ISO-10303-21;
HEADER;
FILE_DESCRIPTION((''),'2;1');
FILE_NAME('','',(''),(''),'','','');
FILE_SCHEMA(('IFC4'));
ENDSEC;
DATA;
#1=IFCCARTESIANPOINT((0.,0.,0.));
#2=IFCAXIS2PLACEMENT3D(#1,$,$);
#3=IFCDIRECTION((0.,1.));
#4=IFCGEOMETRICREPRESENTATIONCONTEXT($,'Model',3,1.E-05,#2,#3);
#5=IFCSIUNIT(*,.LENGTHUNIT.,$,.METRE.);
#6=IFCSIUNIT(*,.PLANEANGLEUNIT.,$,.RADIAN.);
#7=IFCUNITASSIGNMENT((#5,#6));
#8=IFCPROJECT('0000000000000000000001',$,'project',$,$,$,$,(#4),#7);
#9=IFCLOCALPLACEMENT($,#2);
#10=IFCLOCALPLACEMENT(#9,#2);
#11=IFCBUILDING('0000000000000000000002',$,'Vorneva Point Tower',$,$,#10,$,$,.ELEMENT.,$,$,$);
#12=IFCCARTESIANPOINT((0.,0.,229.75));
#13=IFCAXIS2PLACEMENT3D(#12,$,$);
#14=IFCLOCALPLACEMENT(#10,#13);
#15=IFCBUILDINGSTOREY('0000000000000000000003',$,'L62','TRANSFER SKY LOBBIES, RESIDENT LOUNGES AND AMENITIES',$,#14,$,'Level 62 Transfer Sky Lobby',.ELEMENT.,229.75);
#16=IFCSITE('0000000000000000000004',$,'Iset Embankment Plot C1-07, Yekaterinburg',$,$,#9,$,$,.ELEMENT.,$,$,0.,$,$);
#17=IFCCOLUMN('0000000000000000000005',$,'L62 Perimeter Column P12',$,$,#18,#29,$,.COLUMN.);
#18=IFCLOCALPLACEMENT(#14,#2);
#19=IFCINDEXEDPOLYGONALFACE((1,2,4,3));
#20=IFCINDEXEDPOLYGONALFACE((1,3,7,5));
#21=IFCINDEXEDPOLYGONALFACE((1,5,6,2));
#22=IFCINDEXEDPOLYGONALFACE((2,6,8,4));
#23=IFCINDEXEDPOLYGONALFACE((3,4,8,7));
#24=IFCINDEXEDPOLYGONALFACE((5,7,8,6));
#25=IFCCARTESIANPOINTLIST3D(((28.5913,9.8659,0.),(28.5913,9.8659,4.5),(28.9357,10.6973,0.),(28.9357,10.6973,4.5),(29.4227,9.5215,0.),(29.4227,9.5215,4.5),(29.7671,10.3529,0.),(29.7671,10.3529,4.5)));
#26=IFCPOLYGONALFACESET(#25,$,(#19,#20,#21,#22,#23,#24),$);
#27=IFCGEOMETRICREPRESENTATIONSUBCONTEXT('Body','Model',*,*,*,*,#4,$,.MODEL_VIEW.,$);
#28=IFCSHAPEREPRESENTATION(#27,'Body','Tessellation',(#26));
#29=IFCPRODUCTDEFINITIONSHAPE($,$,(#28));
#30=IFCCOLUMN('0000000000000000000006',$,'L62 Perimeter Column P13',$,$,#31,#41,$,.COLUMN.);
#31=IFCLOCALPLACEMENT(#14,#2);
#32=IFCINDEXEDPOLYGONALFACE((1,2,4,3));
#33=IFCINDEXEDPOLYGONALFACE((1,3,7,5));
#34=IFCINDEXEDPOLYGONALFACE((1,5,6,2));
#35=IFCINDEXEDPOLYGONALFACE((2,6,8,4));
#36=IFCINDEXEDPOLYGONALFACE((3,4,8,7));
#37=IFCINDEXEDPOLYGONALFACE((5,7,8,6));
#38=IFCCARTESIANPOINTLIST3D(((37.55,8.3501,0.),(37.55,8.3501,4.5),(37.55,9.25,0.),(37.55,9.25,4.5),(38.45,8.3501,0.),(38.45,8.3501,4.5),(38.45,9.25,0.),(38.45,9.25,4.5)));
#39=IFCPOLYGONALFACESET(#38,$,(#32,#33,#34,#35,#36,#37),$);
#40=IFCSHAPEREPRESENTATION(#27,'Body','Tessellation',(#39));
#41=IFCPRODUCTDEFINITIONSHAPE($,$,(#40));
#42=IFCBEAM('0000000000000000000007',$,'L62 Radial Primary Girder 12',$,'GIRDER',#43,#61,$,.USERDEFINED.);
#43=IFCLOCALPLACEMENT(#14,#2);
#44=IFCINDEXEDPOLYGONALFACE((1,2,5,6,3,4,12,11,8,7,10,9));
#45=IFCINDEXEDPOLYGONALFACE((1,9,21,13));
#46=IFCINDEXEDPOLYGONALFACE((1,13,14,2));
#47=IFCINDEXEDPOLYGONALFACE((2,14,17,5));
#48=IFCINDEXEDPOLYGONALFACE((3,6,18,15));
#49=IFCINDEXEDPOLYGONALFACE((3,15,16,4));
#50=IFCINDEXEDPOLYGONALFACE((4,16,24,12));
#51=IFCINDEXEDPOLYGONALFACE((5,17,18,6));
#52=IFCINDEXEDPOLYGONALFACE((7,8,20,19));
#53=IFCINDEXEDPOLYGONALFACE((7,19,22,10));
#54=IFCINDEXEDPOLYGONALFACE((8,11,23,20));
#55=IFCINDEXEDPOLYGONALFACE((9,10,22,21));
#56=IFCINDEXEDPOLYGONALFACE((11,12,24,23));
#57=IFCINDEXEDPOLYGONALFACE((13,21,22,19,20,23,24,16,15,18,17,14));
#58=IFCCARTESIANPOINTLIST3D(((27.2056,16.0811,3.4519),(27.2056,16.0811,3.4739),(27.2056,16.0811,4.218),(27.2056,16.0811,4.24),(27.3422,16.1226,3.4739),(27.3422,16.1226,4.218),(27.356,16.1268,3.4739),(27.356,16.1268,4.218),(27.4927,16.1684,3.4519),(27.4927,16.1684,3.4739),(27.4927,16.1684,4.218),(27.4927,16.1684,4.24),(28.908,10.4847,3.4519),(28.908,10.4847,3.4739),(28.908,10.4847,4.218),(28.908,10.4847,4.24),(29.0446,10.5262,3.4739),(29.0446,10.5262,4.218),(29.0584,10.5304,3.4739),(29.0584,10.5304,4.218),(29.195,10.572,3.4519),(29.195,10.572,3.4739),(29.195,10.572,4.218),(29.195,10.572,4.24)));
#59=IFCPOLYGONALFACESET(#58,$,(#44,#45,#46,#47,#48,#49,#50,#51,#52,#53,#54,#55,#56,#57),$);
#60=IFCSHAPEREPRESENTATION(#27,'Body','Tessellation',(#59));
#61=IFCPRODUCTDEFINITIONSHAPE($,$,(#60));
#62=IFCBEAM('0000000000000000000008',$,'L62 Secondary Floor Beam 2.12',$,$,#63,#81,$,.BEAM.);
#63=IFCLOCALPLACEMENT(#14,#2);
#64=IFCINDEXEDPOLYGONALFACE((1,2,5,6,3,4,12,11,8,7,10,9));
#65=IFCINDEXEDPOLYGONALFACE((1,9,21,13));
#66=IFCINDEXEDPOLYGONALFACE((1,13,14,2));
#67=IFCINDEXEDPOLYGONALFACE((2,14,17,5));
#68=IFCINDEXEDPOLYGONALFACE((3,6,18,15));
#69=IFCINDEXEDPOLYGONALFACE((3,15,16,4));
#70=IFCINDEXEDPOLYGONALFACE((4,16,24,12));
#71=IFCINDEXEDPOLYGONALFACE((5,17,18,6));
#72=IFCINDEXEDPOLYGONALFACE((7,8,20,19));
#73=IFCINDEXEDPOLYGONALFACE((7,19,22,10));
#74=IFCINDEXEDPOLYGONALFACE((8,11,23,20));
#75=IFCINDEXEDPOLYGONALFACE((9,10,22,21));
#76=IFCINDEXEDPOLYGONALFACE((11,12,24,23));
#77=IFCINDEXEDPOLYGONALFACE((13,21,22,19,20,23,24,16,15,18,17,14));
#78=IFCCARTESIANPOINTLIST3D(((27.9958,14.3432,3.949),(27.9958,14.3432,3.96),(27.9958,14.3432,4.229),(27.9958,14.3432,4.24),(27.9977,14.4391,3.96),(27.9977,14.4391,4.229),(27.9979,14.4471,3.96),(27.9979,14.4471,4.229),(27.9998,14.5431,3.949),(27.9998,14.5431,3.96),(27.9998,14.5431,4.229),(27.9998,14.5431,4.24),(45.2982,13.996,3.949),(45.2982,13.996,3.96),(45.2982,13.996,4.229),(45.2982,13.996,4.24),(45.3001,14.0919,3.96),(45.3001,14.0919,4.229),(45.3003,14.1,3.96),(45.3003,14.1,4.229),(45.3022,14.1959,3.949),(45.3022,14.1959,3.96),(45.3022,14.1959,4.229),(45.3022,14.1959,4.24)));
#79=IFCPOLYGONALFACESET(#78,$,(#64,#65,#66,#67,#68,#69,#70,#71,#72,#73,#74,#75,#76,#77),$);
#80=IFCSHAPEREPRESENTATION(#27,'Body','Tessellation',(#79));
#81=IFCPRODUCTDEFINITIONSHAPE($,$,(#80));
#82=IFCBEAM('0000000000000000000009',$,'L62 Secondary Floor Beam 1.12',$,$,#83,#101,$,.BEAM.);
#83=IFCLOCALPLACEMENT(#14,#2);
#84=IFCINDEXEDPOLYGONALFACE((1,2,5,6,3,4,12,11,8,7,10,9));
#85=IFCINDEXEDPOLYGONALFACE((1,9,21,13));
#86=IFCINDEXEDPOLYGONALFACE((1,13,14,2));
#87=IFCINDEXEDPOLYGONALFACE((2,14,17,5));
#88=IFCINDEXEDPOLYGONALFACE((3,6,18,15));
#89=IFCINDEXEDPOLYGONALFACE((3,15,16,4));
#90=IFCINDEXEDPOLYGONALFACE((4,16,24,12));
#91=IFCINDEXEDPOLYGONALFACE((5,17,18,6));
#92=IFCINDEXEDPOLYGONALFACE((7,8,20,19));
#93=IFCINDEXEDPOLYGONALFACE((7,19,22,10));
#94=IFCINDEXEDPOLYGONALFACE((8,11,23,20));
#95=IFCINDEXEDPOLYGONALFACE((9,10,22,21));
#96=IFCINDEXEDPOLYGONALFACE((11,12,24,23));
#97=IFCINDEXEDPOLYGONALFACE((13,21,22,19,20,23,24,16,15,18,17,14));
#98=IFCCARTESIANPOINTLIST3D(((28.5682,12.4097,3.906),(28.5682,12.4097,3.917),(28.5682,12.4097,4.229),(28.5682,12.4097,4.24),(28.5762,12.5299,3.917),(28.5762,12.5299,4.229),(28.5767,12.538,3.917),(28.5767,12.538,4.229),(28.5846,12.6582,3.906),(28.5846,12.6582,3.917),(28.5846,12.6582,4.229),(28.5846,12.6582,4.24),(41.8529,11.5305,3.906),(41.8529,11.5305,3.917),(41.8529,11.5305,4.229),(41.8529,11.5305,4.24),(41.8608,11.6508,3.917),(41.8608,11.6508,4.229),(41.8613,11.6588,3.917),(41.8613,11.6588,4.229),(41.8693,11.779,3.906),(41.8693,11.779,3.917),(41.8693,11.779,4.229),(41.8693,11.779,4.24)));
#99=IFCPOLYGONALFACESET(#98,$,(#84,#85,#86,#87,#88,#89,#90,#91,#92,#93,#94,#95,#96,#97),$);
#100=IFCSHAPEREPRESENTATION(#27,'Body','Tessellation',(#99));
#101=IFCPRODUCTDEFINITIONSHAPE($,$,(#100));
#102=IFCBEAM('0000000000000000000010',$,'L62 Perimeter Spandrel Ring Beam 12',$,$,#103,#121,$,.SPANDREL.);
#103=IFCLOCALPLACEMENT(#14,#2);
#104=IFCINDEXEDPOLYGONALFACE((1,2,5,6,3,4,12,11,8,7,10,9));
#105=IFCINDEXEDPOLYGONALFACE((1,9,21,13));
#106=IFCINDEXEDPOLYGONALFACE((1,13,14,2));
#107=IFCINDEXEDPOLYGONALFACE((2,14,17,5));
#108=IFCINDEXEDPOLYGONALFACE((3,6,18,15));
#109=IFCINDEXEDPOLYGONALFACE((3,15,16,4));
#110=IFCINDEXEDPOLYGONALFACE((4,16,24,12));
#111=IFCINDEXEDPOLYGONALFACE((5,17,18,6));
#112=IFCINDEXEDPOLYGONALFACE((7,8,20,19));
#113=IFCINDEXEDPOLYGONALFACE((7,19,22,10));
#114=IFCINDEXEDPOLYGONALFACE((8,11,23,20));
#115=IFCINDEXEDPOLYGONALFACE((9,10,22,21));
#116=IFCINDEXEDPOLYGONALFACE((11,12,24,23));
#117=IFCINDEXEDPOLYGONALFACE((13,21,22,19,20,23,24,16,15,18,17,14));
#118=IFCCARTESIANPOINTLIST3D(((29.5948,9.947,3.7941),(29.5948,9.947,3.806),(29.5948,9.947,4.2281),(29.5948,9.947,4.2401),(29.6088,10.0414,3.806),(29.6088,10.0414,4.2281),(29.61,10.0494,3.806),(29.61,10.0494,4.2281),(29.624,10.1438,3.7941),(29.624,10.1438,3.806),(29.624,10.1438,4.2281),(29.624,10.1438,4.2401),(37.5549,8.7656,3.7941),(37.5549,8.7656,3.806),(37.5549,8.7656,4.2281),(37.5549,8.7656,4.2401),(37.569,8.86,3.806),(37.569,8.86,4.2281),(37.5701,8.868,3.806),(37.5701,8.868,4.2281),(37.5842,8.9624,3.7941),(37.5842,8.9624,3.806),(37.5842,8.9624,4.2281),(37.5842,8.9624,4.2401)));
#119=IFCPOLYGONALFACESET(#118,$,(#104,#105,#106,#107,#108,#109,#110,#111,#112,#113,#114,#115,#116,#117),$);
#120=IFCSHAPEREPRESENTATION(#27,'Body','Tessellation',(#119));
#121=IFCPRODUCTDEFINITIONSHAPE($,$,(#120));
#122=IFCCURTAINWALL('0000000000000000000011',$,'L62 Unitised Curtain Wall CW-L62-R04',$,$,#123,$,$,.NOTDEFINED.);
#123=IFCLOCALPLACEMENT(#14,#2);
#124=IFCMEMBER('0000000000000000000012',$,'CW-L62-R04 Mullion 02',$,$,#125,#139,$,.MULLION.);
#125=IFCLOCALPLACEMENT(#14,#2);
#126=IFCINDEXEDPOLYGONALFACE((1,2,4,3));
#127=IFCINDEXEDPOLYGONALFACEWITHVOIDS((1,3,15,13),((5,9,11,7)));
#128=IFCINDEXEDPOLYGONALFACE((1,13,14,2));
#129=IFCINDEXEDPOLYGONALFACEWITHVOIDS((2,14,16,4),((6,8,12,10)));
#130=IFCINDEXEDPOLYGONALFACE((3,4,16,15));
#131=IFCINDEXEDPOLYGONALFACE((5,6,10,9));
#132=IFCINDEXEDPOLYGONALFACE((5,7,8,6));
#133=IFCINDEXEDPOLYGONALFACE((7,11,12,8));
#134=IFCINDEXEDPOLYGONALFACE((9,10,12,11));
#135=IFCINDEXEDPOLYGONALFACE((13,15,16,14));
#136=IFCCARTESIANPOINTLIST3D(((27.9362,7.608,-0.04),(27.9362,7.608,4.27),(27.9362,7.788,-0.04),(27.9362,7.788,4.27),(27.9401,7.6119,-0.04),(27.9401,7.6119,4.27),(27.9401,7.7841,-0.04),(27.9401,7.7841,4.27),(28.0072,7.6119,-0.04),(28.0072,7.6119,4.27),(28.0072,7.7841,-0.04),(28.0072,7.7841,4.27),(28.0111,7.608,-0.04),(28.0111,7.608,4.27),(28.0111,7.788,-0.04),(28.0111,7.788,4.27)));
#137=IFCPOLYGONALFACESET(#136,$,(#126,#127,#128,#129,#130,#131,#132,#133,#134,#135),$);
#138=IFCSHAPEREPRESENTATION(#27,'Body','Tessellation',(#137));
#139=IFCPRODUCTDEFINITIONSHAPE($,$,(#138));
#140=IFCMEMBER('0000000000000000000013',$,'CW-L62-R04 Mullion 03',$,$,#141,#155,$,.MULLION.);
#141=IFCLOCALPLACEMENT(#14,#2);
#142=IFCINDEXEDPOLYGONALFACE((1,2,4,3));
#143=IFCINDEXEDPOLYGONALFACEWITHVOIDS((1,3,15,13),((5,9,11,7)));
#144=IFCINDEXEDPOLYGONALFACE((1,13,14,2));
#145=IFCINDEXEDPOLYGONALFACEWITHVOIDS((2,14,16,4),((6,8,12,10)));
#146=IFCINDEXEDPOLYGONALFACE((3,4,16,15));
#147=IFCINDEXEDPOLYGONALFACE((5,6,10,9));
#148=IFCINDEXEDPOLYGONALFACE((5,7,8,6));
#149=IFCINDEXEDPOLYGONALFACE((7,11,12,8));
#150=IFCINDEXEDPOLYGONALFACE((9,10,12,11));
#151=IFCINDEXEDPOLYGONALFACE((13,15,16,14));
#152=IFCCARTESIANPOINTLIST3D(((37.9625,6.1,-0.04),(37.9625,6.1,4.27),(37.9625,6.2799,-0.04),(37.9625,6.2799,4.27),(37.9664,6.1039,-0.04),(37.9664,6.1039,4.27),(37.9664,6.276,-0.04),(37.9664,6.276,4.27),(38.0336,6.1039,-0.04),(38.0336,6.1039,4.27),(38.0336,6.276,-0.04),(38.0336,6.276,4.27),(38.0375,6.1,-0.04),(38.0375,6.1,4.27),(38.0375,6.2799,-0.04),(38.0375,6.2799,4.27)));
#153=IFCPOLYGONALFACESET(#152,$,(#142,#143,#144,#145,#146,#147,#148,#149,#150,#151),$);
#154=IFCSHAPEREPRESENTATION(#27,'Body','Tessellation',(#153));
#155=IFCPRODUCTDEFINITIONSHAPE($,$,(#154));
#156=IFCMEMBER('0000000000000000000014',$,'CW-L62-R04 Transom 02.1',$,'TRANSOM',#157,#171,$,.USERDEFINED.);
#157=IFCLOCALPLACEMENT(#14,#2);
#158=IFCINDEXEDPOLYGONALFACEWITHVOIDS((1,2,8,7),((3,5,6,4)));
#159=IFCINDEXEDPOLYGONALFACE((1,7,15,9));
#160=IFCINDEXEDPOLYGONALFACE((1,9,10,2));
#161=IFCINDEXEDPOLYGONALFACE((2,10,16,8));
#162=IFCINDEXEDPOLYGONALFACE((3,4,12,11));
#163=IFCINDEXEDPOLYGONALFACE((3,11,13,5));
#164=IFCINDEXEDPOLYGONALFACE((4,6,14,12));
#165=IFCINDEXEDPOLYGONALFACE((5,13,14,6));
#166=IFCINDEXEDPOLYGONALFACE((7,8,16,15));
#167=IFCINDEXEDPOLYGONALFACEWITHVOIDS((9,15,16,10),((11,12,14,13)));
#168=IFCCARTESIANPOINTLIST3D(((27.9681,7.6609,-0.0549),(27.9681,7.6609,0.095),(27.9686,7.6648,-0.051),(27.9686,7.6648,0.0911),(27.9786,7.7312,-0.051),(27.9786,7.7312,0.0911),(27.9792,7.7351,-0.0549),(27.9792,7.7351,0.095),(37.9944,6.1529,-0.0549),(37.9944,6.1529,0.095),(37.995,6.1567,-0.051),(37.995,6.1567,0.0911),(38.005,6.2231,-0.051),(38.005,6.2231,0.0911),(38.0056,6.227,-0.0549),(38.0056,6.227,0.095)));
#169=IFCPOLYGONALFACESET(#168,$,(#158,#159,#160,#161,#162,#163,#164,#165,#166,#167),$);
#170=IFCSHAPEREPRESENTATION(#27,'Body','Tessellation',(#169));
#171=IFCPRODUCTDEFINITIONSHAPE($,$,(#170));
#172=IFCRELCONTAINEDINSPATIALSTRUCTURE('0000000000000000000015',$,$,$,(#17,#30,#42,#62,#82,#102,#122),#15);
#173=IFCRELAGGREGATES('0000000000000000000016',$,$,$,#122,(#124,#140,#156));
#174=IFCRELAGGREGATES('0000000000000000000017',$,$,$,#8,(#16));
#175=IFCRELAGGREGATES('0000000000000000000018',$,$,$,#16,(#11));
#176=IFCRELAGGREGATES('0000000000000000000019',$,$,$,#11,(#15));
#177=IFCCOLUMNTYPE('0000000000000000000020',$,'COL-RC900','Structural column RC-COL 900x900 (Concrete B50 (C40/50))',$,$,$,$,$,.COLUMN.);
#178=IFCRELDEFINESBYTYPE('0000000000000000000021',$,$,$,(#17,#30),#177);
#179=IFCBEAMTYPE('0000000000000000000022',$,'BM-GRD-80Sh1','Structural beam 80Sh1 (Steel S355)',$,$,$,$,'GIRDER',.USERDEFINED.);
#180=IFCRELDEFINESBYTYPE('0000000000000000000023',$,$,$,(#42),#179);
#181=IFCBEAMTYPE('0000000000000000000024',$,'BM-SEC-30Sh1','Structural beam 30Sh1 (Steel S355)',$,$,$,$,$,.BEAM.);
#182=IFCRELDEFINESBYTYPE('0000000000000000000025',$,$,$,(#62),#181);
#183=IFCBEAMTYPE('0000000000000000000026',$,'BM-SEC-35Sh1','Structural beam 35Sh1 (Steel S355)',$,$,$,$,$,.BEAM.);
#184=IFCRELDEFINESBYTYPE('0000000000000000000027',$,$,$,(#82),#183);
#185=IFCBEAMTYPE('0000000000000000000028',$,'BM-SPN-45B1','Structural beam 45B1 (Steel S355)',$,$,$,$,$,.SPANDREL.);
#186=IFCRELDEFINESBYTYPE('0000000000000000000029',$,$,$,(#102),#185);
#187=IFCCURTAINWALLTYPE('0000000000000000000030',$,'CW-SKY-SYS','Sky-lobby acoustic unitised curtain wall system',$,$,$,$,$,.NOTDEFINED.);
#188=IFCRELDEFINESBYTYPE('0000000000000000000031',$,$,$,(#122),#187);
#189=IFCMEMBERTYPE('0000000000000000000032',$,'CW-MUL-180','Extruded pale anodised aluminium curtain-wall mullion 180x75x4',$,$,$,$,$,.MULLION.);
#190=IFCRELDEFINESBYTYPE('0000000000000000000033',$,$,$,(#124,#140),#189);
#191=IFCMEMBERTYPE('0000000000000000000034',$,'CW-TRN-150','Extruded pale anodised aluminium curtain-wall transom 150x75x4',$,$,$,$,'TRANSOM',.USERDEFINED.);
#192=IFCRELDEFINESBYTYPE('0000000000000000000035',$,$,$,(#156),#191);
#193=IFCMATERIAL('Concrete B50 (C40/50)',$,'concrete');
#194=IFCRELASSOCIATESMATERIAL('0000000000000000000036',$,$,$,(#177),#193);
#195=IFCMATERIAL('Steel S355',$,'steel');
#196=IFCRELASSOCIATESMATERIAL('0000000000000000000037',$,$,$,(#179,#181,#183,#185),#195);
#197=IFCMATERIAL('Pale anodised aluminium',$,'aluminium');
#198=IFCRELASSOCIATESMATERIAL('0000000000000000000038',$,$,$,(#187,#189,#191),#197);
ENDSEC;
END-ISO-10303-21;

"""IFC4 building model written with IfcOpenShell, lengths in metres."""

from ifc_helpers import new_model, si_unit, direction, frame, origin, origin_2d, place, context, subcontext, project, spatial, rectangle, hollow_rectangle, i_section, extrude, material, material_profile, profile_set, type_object, element, aggregate, save


model = new_model("IFC4")

# Units and contexts
model_context = context("Model", 3, precision=1e-05, world=origin(), true_north=direction((0.0, 1.0)))
body_context = subcontext(model_context, "Body", "Model", "MODEL_VIEW")
ifc_project = project(units=[si_unit("LENGTHUNIT", "METRE"), si_unit("PLANEANGLEUNIT", "RADIAN")], contexts=[model_context])

# Site, building, storey
site_placement = place(None, origin())
site = spatial("IfcSite", under=ifc_project, at=site_placement, Name="Iset Embankment Plot C1-07, Yekaterinburg", CompositionType="ELEMENT", RefElevation=0.0)
building_placement = place(site_placement, origin())
building = spatial("IfcBuilding", under=site, at=building_placement, Name="Vorneva Point Tower", CompositionType="ELEMENT")
storey_placement = place(building_placement, frame((0.0, 0.0, 229.75)))
storey = spatial("IfcBuildingStorey", under=building, at=storey_placement, Name="L62", Description="TRANSFER SKY LOBBIES, RESIDENT LOUNGES AND AMENITIES", LongName="Level 62 Transfer Sky Lobby", CompositionType="ELEMENT", Elevation=229.75)

# Columns
ifc_material_1 = material(Name="Concrete B50 (C40/50)", Category="concrete")
ifc_material_profile_1 = material_profile(ifc_material_1, rectangle(XDim=0.8999, YDim=0.8999, at=origin_2d()), Name="RC-COL 900x900")
ifc_profile_set_1 = profile_set([ifc_material_profile_1], Name="Concrete B50 (C40/50)")
column_type = type_object("IfcColumnType", Name="COL-RC900", Description="Structural column RC-COL 900x900 (Concrete B50 (C40/50))", PredefinedType="COLUMN", material=ifc_profile_set_1)
for number, where, z_axis, x_axis, name in (
    (1, (29.1792, 10.1094, 0.0), (0.0, 0.0, 1.0), (-0.382683, -0.92388, 0.0), "L62 Perimeter Column P12"),
    (2, (38.0, 8.8, 0.0), (0.0, 0.0, 1.0), (0.0, -1.0, 0.0), "L62 Perimeter Column P13"),
):
    element("IfcColumn", number, at=place(storey_placement, frame(where, z_axis=z_axis, x_axis=x_axis)), inside=storey, type_object=column_type, Name=name, PredefinedType="COLUMN", context=body_context, shape_type="SweptSolid", body=[
        extrude(rectangle(XDim=0.8999, YDim=0.8999, at=origin_2d()), origin(), (0.0, 0.0, 1.0), 4.5),
    ])

# Beams
ifc_material_2 = material(Name="Steel S355", Category="steel")
ifc_material_profile_2 = material_profile(ifc_material_2, i_section(OverallWidth=0.3, OverallDepth=0.7881, WebThickness=0.0144, FlangeThickness=0.022, at=origin_2d()), Name="80Sh1")
ifc_profile_set_2 = profile_set([ifc_material_profile_2], Name="Steel S355")
beam_type_1 = type_object("IfcBeamType", Name="BM-GRD-80Sh1", Description="Structural beam 80Sh1 (Steel S355)", ElementType="GIRDER", PredefinedType="USERDEFINED", material=ifc_profile_set_2)
beam_1_placement = place(storey_placement, frame((29.0515, 10.5283, 3.8459), z_axis=(-0.291025, 0.956715, 0.0), x_axis=(-0.956715, -0.291025, 0.0)))
element("IfcBeam", 3, at=beam_1_placement, inside=storey, type_object=beam_type_1, Name="L62 Radial Primary Girder 12", ObjectType="GIRDER", PredefinedType="USERDEFINED", context=body_context, shape_type="SweptSolid", body=[
    extrude(i_section(OverallWidth=0.3, OverallDepth=0.7881, WebThickness=0.0144, FlangeThickness=0.022, at=origin_2d()), origin(), (0.0, 0.0, 1.0), 5.8496),
])
ifc_material_profile_3 = material_profile(ifc_material_2, i_section(OverallWidth=0.2, OverallDepth=0.291, WebThickness=0.0081, FlangeThickness=0.011, at=origin_2d()), Name="30Sh1")
ifc_profile_set_3 = profile_set([ifc_material_profile_3], Name="Steel S355")
beam_type_2 = type_object("IfcBeamType", Name="BM-SEC-30Sh1", Description="Structural beam 30Sh1 (Steel S355)", PredefinedType="BEAM", material=ifc_profile_set_3)
beam_2_placement = place(storey_placement, frame((27.9978, 14.4431, 4.0945), z_axis=(0.999799, -0.020061, 0.0), x_axis=(0.020061, 0.999799, 0.0)))
element("IfcBeam", 4, at=beam_2_placement, inside=storey, type_object=beam_type_2, Name="L62 Secondary Floor Beam 2.12", PredefinedType="BEAM", context=body_context, shape_type="SweptSolid", body=[
    extrude(i_section(OverallWidth=0.2, OverallDepth=0.291, WebThickness=0.0081, FlangeThickness=0.011, at=origin_2d()), origin(), (0.0, 0.0, 1.0), 17.3059),
])
ifc_material_profile_4 = material_profile(ifc_material_2, i_section(OverallWidth=0.249, OverallDepth=0.334, WebThickness=0.0081, FlangeThickness=0.011, at=origin_2d()), Name="35Sh1")
ifc_profile_set_4 = profile_set([ifc_material_profile_4], Name="Steel S355")
beam_type_3 = type_object("IfcBeamType", Name="BM-SEC-35Sh1", Description="Structural beam 35Sh1 (Steel S355)", PredefinedType="BEAM", material=ifc_profile_set_4)
beam_3_placement = place(storey_placement, frame((28.5764, 12.5339, 4.073), z_axis=(0.997817, -0.066033, 0.0), x_axis=(0.066033, 0.997817, 0.0)))
element("IfcBeam", 5, at=beam_3_placement, inside=storey, type_object=beam_type_3, Name="L62 Secondary Floor Beam 1.12", PredefinedType="BEAM", context=body_context, shape_type="SweptSolid", body=[
    extrude(i_section(OverallWidth=0.249, OverallDepth=0.334, WebThickness=0.0081, FlangeThickness=0.011, at=origin_2d()), origin(), (0.0, 0.0, 1.0), 13.3137),
])
ifc_material_profile_5 = material_profile(ifc_material_2, i_section(OverallWidth=0.199, OverallDepth=0.446, WebThickness=0.0081, FlangeThickness=0.012, at=origin_2d()), Name="45B1")
ifc_profile_set_5 = profile_set([ifc_material_profile_5], Name="Steel S355")
beam_type_4 = type_object("IfcBeamType", Name="BM-SPN-45B1", Description="Structural beam 45B1 (Steel S355)", PredefinedType="SPANDREL", material=ifc_profile_set_5)
beam_4_placement = place(storey_placement, frame((29.6094, 10.0454, 4.0171), z_axis=(0.989165, -0.146805, 0.0), x_axis=(0.146805, 0.989165, 0.0)))
element("IfcBeam", 6, at=beam_4_placement, inside=storey, type_object=beam_type_4, Name="L62 Perimeter Spandrel Ring Beam 12", PredefinedType="SPANDREL", context=body_context, shape_type="SweptSolid", body=[
    extrude(i_section(OverallWidth=0.199, OverallDepth=0.446, WebThickness=0.0081, FlangeThickness=0.012, at=origin_2d()), origin(), (0.0, 0.0, 1.0), 8.0474),
])

# Curtain wall, members
ifc_material_3 = material(Name="Pale anodised aluminium", Category="aluminium")
curtain_wall_type = type_object("IfcCurtainWallType", Name="CW-SKY-SYS", Description="Sky-lobby acoustic unitised curtain wall system", PredefinedType="NOTDEFINED", material=ifc_material_3)
curtain_wall_placement = place(storey_placement, origin())
curtain_wall = element("IfcCurtainWall", 7, at=curtain_wall_placement, inside=storey, type_object=curtain_wall_type, Name="L62 Unitised Curtain Wall CW-L62-R04", PredefinedType="NOTDEFINED")
ifc_material_profile_6 = material_profile(ifc_material_3, hollow_rectangle(XDim=0.075, YDim=0.1799, WallThickness=0.0039, at=origin_2d()), Name="AL-MUL 180x75x4")
ifc_profile_set_6 = profile_set([ifc_material_profile_6], Name="Pale anodised aluminium")
member_type_1 = type_object("IfcMemberType", Name="CW-MUL-180", Description="Extruded pale anodised aluminium curtain-wall mullion 180x75x4", PredefinedType="MULLION", material=ifc_profile_set_6)
member_1_placement = place(storey_placement, frame((27.9736, 7.698, -0.04), z_axis=(0.0, 0.0, 1.0), x_axis=(1.0, 0.0, 0.0)))
member_1 = element("IfcMember", 8, at=member_1_placement, type_object=member_type_1, Name="CW-L62-R04 Mullion 02", PredefinedType="MULLION", context=body_context, shape_type="SweptSolid", body=[
    extrude(hollow_rectangle(XDim=0.075, YDim=0.1799, WallThickness=0.0039, at=origin_2d()), origin(), (0.0, 0.0, 1.0), 4.3101),
])
member_2_placement = place(storey_placement, frame((38.0, 6.1899, -0.04), z_axis=(0.0, 0.0, 1.0), x_axis=(1.0, 0.0, 0.0)))
member_2 = element("IfcMember", 9, at=member_2_placement, type_object=member_type_1, Name="CW-L62-R04 Mullion 03", PredefinedType="MULLION", context=body_context, shape_type="SweptSolid", body=[
    extrude(hollow_rectangle(XDim=0.075, YDim=0.1799, WallThickness=0.0039, at=origin_2d()), origin(), (0.0, 0.0, 1.0), 4.3101),
])
ifc_material_profile_7 = material_profile(ifc_material_3, hollow_rectangle(XDim=0.075, YDim=0.1499, WallThickness=0.0039, at=origin_2d()), Name="AL-TRN 150x75x4")
ifc_profile_set_7 = profile_set([ifc_material_profile_7], Name="Pale anodised aluminium")
member_type_2 = type_object("IfcMemberType", Name="CW-TRN-150", Description="Extruded pale anodised aluminium curtain-wall transom 150x75x4", ElementType="TRANSOM", PredefinedType="USERDEFINED", material=ifc_profile_set_7)
member_3_placement = place(storey_placement, frame((27.9736, 7.698, 0.02), z_axis=(0.988877, -0.148736, 0.0), x_axis=(0.148736, 0.988877, 0.0)))
member_3 = element("IfcMember", 10, at=member_3_placement, type_object=member_type_2, Name="CW-L62-R04 Transom 02.1", ObjectType="TRANSOM", PredefinedType="USERDEFINED", context=body_context, shape_type="SweptSolid", body=[
    extrude(hollow_rectangle(XDim=0.075, YDim=0.1499, WallThickness=0.0039, at=origin_2d()), origin(), (0.0, 0.0, 1.0), 10.1392),
])
aggregate(curtain_wall, [member_1, member_2, member_3])

save(model, "model.ifc")
